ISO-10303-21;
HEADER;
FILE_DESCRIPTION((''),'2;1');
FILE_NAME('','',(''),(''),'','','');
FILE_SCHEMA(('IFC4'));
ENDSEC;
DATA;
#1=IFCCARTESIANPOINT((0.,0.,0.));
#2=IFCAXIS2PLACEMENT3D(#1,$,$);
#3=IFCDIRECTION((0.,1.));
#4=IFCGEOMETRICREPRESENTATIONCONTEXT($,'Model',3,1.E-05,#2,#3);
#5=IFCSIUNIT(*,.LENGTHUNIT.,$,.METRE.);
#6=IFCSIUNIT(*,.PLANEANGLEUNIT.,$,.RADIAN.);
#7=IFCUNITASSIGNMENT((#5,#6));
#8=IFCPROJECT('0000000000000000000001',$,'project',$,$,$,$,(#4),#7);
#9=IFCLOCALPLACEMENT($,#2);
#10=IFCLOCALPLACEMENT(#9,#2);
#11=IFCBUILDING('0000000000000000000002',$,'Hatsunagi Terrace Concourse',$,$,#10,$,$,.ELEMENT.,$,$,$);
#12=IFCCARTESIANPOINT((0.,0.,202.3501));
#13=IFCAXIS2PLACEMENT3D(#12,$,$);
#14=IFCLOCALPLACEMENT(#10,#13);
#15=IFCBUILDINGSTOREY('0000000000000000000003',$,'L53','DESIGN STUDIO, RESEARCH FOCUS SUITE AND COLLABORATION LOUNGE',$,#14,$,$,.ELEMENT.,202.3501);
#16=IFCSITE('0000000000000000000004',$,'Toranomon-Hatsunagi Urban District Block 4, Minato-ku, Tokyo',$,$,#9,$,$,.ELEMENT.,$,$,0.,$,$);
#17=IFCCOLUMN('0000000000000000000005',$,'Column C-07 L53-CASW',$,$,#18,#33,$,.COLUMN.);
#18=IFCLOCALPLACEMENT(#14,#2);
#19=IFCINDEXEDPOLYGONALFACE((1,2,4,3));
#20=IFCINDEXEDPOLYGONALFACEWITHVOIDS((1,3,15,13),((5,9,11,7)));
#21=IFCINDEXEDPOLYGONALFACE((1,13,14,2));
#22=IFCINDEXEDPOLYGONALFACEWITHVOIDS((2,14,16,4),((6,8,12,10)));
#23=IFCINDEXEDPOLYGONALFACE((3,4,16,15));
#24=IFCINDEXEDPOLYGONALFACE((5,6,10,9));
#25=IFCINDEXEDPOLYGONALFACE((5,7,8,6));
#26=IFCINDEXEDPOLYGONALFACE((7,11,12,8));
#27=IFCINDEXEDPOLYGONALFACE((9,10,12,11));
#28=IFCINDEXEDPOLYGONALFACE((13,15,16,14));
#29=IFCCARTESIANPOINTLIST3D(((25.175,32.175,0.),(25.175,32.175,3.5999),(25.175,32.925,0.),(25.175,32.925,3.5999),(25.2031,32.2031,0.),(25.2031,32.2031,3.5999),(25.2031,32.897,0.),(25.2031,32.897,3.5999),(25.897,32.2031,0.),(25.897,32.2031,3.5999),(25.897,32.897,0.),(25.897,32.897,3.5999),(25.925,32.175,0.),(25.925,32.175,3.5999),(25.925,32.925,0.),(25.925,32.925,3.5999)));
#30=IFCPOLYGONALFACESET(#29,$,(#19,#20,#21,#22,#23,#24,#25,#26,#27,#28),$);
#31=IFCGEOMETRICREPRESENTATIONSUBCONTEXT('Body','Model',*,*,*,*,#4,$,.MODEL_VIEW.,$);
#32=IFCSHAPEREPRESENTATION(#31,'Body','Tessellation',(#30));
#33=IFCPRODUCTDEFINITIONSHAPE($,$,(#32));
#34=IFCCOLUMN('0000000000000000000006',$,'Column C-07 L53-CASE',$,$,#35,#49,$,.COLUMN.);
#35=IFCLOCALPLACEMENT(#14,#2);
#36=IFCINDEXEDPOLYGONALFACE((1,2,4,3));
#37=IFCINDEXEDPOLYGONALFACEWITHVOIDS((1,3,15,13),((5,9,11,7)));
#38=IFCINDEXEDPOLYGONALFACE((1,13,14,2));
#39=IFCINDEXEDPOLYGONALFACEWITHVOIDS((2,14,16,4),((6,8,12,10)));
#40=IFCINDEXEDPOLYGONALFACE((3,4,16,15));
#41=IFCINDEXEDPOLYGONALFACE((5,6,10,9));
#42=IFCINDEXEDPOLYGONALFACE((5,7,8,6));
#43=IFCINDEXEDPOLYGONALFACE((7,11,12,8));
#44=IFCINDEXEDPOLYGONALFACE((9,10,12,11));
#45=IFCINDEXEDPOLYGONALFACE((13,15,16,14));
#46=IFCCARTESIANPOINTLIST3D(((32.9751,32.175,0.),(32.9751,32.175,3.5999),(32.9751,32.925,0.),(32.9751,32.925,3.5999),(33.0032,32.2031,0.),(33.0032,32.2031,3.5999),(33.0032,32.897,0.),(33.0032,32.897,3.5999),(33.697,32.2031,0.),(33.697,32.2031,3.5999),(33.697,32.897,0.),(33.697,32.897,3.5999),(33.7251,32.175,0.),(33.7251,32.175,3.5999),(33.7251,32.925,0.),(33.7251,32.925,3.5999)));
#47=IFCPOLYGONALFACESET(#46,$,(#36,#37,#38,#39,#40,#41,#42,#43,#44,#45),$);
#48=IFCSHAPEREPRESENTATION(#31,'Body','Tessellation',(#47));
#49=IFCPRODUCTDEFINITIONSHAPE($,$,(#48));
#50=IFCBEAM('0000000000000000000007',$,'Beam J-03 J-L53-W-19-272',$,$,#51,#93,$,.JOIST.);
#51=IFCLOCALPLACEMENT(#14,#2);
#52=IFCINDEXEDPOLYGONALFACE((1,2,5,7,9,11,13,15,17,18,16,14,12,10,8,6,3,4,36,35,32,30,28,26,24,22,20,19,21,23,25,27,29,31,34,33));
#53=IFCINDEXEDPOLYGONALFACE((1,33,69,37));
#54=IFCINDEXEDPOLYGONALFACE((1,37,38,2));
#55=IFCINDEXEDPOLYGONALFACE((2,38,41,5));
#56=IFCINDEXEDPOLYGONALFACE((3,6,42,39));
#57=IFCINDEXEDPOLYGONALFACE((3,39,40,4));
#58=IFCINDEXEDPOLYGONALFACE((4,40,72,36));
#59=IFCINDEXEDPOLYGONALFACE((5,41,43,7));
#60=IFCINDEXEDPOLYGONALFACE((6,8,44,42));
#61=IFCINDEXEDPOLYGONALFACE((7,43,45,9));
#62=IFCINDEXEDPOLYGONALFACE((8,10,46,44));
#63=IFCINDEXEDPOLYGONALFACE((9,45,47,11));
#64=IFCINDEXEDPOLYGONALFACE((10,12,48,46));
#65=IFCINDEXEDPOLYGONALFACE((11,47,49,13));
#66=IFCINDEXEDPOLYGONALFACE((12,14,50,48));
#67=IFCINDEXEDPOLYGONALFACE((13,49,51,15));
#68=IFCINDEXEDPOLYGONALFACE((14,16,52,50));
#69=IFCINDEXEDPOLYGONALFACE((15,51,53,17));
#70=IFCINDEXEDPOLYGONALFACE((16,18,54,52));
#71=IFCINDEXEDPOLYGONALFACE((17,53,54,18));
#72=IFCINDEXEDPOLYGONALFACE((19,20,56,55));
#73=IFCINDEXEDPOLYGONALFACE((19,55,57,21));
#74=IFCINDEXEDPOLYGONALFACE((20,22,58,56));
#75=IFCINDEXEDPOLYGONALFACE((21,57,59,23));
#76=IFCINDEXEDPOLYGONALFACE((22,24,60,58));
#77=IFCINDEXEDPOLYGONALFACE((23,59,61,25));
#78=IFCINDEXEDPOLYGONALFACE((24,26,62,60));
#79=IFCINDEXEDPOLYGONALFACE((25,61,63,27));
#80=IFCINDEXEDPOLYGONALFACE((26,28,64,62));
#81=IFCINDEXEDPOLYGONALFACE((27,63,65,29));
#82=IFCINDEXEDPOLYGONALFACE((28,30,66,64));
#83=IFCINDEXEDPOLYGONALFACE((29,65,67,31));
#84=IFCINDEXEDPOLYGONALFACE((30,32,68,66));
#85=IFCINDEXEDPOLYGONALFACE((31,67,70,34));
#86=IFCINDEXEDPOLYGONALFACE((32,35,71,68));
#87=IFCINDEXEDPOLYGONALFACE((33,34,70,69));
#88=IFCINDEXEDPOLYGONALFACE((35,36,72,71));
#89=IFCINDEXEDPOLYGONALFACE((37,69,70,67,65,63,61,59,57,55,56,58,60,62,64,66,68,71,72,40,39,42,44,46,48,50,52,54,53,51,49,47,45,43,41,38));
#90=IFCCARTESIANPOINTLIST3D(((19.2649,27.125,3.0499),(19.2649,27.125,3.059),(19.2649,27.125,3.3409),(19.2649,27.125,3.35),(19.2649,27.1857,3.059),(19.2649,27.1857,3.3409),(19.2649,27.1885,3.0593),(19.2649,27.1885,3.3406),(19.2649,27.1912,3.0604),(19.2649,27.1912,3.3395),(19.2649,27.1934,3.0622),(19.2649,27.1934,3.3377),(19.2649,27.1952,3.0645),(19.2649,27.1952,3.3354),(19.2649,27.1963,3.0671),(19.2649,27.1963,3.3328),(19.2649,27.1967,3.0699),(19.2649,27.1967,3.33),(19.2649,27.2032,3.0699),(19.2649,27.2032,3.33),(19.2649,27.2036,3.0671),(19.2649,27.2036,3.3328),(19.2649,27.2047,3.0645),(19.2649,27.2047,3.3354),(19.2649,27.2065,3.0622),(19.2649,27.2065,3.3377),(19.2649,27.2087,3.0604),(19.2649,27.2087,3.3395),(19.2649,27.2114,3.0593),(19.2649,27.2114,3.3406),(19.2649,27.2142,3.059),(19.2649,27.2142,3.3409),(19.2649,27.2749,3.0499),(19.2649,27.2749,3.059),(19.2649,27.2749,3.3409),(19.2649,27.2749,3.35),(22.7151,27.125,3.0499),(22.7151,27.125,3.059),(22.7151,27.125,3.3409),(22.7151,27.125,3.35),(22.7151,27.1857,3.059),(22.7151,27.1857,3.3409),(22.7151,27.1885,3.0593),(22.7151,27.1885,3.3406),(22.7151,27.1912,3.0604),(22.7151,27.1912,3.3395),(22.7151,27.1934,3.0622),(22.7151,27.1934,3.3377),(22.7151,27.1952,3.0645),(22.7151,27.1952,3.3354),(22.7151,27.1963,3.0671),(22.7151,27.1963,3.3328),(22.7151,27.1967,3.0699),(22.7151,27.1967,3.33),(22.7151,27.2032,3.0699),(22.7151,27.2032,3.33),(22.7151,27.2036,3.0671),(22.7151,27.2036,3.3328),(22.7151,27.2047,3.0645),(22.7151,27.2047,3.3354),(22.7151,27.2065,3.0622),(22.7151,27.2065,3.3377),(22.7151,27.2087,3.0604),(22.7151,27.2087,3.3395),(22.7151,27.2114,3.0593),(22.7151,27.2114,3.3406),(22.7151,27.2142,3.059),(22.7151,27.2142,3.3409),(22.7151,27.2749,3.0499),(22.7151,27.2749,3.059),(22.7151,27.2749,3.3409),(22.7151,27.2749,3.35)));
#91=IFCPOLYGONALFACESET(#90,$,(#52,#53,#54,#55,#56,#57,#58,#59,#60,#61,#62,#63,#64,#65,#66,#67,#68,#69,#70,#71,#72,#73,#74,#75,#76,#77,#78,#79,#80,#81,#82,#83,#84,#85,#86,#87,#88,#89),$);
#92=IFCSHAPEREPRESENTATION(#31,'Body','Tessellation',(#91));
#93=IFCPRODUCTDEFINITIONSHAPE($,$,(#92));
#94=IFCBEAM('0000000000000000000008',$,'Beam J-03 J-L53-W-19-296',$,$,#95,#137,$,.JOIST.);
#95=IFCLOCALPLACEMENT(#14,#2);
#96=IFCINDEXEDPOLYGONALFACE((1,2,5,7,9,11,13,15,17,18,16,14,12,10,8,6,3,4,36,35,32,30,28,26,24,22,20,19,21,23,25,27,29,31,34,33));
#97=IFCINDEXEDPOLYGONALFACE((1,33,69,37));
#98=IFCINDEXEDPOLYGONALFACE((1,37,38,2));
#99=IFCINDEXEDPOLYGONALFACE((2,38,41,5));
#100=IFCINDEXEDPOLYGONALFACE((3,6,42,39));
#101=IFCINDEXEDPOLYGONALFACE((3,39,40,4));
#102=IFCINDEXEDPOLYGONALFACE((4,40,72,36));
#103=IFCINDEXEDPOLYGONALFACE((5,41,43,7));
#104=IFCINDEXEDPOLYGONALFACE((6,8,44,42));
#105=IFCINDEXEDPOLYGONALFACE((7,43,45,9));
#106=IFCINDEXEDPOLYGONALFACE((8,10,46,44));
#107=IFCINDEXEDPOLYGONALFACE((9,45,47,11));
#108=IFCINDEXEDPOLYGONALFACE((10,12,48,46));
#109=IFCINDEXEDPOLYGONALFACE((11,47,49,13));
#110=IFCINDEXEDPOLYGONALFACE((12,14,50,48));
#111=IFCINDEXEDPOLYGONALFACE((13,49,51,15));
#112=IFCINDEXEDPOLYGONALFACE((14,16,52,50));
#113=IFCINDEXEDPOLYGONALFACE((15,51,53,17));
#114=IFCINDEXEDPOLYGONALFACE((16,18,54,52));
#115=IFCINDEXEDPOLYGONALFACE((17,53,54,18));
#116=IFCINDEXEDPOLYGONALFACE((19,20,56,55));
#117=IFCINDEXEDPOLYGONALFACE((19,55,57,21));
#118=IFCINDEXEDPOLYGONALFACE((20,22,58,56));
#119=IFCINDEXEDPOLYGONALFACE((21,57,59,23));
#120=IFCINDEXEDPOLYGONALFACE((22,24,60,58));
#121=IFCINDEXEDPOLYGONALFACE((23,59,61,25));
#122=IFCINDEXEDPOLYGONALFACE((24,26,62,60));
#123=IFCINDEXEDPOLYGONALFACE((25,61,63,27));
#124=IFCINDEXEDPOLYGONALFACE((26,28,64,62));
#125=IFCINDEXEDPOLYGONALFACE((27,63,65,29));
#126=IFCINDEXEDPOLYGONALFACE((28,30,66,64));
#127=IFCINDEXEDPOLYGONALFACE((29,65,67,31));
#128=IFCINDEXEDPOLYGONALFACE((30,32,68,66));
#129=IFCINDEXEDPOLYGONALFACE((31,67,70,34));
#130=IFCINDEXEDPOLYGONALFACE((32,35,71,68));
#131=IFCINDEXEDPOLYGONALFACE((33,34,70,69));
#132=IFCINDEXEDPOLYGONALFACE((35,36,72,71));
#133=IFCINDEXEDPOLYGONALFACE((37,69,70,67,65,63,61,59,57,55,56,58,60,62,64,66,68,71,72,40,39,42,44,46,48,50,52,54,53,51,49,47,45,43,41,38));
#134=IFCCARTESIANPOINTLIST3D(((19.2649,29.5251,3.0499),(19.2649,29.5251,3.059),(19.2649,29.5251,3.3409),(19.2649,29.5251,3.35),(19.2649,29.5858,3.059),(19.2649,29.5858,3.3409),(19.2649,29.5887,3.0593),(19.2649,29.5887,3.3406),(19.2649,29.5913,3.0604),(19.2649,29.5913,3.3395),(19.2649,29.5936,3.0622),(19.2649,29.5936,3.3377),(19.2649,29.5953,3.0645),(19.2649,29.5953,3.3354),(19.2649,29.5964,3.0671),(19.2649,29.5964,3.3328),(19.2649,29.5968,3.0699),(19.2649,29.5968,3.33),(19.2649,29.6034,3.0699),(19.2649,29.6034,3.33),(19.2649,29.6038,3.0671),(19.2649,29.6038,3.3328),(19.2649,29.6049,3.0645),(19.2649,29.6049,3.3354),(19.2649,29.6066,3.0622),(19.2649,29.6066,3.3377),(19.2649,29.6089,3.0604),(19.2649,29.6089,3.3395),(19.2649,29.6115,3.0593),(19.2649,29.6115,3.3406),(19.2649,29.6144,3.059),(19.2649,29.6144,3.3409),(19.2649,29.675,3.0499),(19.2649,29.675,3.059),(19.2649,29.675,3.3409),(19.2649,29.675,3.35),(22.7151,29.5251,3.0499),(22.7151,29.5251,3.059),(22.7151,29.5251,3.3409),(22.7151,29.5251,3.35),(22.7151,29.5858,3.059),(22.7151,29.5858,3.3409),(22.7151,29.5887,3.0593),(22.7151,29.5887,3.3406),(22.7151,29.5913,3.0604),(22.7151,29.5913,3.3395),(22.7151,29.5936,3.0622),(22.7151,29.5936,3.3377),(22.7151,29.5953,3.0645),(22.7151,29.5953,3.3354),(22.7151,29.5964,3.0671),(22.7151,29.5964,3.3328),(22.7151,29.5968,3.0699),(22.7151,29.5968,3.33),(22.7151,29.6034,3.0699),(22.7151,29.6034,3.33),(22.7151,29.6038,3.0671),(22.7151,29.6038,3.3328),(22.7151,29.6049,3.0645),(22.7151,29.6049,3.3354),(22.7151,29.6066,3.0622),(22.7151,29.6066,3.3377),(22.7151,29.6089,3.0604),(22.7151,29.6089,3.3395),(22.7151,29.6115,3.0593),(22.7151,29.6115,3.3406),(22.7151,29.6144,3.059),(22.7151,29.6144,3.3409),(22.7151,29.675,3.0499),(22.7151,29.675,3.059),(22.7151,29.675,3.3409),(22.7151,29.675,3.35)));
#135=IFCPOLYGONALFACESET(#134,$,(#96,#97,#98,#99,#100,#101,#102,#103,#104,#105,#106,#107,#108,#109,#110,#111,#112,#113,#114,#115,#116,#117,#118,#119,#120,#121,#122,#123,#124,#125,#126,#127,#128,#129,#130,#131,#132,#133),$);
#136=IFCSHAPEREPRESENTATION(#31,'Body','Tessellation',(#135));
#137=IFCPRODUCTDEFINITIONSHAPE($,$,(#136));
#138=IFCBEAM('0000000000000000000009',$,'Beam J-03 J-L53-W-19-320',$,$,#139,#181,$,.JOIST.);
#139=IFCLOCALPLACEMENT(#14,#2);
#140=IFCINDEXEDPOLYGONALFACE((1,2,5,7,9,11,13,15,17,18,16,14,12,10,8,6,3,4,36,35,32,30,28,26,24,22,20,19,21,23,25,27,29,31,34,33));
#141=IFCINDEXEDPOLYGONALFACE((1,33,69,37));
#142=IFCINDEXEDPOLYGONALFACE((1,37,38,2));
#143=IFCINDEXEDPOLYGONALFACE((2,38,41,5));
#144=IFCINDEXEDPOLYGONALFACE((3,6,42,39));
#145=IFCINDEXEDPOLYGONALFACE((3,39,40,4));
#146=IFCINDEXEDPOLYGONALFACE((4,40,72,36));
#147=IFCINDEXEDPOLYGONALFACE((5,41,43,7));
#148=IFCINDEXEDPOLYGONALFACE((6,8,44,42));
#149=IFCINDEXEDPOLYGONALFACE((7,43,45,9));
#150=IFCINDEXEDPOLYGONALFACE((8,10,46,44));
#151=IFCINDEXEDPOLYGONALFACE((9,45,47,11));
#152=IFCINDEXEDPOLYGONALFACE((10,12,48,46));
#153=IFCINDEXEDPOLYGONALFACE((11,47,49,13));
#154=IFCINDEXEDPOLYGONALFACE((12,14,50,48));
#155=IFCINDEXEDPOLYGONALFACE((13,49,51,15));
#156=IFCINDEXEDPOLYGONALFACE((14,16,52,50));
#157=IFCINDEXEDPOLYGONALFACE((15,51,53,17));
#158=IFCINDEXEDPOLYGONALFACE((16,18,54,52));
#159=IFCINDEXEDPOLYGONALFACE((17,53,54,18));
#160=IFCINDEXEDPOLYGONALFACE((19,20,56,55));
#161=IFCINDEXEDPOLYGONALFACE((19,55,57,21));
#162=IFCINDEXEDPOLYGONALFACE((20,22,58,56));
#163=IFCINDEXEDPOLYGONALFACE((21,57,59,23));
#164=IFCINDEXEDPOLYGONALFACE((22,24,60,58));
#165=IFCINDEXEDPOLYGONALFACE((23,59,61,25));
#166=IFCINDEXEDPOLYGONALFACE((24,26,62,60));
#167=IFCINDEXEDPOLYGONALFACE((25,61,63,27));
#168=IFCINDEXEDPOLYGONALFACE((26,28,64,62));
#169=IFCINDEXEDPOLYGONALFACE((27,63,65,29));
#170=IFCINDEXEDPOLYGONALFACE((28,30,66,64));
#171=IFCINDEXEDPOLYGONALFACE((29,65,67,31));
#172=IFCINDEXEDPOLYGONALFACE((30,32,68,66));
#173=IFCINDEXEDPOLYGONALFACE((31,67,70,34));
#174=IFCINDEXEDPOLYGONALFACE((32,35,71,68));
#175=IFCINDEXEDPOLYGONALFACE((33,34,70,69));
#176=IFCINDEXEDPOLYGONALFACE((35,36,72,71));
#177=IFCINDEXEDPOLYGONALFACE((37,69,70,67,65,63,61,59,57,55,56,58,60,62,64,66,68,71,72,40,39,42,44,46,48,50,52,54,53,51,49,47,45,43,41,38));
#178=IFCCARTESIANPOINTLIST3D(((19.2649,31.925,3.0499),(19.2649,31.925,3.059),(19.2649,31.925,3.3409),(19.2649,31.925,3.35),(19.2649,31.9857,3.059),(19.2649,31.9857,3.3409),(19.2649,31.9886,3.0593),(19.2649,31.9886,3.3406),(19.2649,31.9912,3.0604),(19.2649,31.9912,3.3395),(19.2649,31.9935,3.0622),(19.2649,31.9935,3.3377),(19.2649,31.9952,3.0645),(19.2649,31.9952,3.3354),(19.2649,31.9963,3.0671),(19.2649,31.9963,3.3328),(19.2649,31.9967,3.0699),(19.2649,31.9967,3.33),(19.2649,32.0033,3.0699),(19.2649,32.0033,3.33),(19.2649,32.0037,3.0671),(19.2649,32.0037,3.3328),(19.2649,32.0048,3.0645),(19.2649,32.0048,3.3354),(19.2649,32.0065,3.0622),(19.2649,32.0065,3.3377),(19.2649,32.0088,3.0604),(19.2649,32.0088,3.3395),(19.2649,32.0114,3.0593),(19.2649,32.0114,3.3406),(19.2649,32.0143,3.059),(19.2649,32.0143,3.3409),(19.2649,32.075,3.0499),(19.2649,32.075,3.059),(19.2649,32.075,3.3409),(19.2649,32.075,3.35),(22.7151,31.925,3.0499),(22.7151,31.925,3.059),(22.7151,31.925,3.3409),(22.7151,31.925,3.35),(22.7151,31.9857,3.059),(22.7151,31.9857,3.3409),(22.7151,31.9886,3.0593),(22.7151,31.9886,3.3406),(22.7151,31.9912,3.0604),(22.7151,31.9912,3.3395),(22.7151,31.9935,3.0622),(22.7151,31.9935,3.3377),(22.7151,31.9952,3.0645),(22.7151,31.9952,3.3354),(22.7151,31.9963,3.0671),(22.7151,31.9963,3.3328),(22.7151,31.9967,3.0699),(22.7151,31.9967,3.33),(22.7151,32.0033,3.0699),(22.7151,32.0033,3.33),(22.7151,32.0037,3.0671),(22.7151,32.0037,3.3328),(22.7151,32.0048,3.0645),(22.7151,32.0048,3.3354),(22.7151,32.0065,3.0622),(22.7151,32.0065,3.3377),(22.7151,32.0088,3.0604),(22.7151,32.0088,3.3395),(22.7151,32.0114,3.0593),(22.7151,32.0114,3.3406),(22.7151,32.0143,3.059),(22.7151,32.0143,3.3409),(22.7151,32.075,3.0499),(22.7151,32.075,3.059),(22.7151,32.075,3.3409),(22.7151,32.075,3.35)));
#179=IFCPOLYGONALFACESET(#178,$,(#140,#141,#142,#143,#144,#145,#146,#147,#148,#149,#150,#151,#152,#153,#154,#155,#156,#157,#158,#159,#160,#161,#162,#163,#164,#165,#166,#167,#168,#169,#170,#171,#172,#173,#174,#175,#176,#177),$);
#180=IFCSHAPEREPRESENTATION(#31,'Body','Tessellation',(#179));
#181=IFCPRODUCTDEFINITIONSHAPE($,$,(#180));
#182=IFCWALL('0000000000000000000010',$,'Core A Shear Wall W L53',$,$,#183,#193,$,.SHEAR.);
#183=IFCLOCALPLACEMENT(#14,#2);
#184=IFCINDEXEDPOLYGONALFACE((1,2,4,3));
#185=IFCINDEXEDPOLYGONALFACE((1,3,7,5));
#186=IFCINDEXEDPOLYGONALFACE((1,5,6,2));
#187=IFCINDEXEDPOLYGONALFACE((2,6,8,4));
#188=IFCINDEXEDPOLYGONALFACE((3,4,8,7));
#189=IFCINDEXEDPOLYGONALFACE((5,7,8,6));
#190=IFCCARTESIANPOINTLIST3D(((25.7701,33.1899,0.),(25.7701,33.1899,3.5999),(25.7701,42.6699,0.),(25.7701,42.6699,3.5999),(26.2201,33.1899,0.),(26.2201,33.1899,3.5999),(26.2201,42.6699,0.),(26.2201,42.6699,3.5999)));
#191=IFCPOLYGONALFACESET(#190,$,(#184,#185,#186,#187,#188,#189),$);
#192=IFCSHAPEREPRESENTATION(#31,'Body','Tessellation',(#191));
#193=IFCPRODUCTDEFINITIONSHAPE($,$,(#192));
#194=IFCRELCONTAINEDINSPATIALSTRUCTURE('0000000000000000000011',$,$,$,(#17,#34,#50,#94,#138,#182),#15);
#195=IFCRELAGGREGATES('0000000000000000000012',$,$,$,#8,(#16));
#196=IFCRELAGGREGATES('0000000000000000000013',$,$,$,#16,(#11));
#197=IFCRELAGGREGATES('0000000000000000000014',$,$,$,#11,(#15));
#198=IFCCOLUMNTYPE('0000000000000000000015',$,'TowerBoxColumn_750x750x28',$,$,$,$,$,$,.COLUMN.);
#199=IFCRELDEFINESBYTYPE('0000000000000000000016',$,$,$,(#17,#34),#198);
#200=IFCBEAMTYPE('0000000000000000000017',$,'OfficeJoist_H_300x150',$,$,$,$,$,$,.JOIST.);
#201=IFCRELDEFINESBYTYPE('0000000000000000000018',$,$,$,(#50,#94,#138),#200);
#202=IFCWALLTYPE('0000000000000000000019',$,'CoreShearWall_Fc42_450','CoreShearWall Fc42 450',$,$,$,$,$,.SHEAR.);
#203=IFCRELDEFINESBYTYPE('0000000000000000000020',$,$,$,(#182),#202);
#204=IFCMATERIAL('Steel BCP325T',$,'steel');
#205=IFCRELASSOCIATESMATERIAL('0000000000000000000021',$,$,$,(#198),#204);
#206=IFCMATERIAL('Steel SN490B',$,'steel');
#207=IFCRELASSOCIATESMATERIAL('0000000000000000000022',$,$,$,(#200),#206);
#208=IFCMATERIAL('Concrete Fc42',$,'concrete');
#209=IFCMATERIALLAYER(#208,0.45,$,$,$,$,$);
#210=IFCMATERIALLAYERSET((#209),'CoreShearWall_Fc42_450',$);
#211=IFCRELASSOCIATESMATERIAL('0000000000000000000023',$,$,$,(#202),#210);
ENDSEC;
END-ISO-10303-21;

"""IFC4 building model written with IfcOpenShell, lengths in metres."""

from ifc_helpers import new_model, si_unit, direction, frame, frame_2d, origin, origin_2d, place, context, subcontext, project, spatial, rectangle, hollow_rectangle, i_section, extrude, material, layer, layer_set, material_profile, profile_set, type_object, element, save


model = new_model("IFC4")

# Units and contexts
model_context = context("Model", 3, precision=1e-05, world=origin(), true_north=direction((0.0, 1.0)))
body_context = subcontext(model_context, "Body", "Model", "MODEL_VIEW")
ifc_project = project(units=[si_unit("LENGTHUNIT", "METRE"), si_unit("PLANEANGLEUNIT", "RADIAN")], contexts=[model_context])

# Site, building, storey
site_placement = place(None, origin())
site = spatial("IfcSite", under=ifc_project, at=site_placement, Name="Toranomon-Hatsunagi Urban District Block 4, Minato-ku, Tokyo", CompositionType="ELEMENT", RefElevation=0.0)
building_placement = place(site_placement, origin())
building = spatial("IfcBuilding", under=site, at=building_placement, Name="Hatsunagi Terrace Concourse", CompositionType="ELEMENT")
storey_placement = place(building_placement, frame((0.0, 0.0, 202.3501)))
storey = spatial("IfcBuildingStorey", under=building, at=storey_placement, Name="L53", Description="DESIGN STUDIO, RESEARCH FOCUS SUITE AND COLLABORATION LOUNGE", CompositionType="ELEMENT", Elevation=202.3501)

# Columns
ifc_material_1 = material(Name="Steel BCP325T", Category="steel")
ifc_material_profile_1 = material_profile(ifc_material_1, hollow_rectangle(XDim=0.75, YDim=0.75, WallThickness=0.0281, at=origin_2d()), Name="BCP-750x750x28")
ifc_profile_set_1 = profile_set([ifc_material_profile_1], Name="Steel BCP325T")
column_type = type_object("IfcColumnType", Name="TowerBoxColumn_750x750x28", PredefinedType="COLUMN", material=ifc_profile_set_1)
for number, where, z_axis, x_axis, name in (
    (1, (25.55, 32.55, 0.0), (0.0, 0.0, 1.0), (1.0, 0.0, 0.0), "Column C-07 L53-CASW"),
    (2, (33.3501, 32.55, 0.0), (0.0, 0.0, 1.0), (1.0, 0.0, 0.0), "Column C-07 L53-CASE"),
):
    element("IfcColumn", number, at=place(storey_placement, frame(where, z_axis=z_axis, x_axis=x_axis)), inside=storey, type_object=column_type, Name=name, PredefinedType="COLUMN", context=body_context, shape_type="SweptSolid", body=[
        extrude(hollow_rectangle(XDim=0.75, YDim=0.75, WallThickness=0.0281, at=origin_2d()), origin(), (0.0, 0.0, 1.0), 3.5999),
    ])

# Beams
ifc_material_2 = material(Name="Steel SN490B", Category="steel")
ifc_material_profile_2 = material_profile(ifc_material_2, i_section(OverallWidth=0.1499, OverallDepth=0.3, WebThickness=0.0066, FlangeThickness=0.009, FilletRadius=0.011, at=origin_2d()), Name="H-300x150x6.5x9")
ifc_profile_set_2 = profile_set([ifc_material_profile_2], Name="Steel SN490B")
beam_type = type_object("IfcBeamType", Name="OfficeJoist_H_300x150", PredefinedType="JOIST", material=ifc_profile_set_2)
for number, where, z_axis, x_axis, name in (
    (3, (19.2649, 27.2, 3.2), (1.0, 0.0, 0.0), (0.0, 1.0, 0.0), "Beam J-03 J-L53-W-19-272"),
    (4, (19.2649, 29.6001, 3.2), (1.0, 0.0, 0.0), (0.0, 1.0, 0.0), "Beam J-03 J-L53-W-19-296"),
    (5, (19.2649, 32.0, 3.2), (1.0, 0.0, 0.0), (0.0, 1.0, 0.0), "Beam J-03 J-L53-W-19-320"),
):
    element("IfcBeam", number, at=place(storey_placement, frame(where, z_axis=z_axis, x_axis=x_axis)), inside=storey, type_object=beam_type, Name=name, PredefinedType="JOIST", context=body_context, shape_type="SweptSolid", body=[
        extrude(i_section(OverallWidth=0.1499, OverallDepth=0.3, WebThickness=0.0066, FlangeThickness=0.009, FilletRadius=0.011, at=origin_2d()), origin(), (0.0, 0.0, 1.0), 3.4502),
    ])

# Shared definitions
ifc_material_3 = material(Name="Concrete Fc42", Category="concrete")
ifc_layer_1 = layer(ifc_material_3, 0.45)
ifc_layer_set_1 = layer_set([ifc_layer_1], Name="CoreShearWall_Fc42_450")
wall_type_1 = type_object("IfcWallType", Name="CoreShearWall_Fc42_450", Description="CoreShearWall Fc42 450", PredefinedType="SHEAR", material=ifc_layer_set_1)

# Wall
wall_1_placement = place(storey_placement, frame((25.9951, 33.1899, 0.0), z_axis=(0.0, 0.0, 1.0), x_axis=(0.0, 1.0, 0.0)))
element("IfcWall", 6, at=wall_1_placement, inside=storey, type_object=wall_type_1, Name="Core A Shear Wall W L53", PredefinedType="SHEAR", context=body_context, shape_type="SweptSolid", body=[
    extrude(rectangle(XDim=9.48, YDim=0.45, at=frame_2d((4.74, 0.0))), origin(), (0.0, 0.0, 1.0), 3.5999),
])

save(model, "model.ifc")
